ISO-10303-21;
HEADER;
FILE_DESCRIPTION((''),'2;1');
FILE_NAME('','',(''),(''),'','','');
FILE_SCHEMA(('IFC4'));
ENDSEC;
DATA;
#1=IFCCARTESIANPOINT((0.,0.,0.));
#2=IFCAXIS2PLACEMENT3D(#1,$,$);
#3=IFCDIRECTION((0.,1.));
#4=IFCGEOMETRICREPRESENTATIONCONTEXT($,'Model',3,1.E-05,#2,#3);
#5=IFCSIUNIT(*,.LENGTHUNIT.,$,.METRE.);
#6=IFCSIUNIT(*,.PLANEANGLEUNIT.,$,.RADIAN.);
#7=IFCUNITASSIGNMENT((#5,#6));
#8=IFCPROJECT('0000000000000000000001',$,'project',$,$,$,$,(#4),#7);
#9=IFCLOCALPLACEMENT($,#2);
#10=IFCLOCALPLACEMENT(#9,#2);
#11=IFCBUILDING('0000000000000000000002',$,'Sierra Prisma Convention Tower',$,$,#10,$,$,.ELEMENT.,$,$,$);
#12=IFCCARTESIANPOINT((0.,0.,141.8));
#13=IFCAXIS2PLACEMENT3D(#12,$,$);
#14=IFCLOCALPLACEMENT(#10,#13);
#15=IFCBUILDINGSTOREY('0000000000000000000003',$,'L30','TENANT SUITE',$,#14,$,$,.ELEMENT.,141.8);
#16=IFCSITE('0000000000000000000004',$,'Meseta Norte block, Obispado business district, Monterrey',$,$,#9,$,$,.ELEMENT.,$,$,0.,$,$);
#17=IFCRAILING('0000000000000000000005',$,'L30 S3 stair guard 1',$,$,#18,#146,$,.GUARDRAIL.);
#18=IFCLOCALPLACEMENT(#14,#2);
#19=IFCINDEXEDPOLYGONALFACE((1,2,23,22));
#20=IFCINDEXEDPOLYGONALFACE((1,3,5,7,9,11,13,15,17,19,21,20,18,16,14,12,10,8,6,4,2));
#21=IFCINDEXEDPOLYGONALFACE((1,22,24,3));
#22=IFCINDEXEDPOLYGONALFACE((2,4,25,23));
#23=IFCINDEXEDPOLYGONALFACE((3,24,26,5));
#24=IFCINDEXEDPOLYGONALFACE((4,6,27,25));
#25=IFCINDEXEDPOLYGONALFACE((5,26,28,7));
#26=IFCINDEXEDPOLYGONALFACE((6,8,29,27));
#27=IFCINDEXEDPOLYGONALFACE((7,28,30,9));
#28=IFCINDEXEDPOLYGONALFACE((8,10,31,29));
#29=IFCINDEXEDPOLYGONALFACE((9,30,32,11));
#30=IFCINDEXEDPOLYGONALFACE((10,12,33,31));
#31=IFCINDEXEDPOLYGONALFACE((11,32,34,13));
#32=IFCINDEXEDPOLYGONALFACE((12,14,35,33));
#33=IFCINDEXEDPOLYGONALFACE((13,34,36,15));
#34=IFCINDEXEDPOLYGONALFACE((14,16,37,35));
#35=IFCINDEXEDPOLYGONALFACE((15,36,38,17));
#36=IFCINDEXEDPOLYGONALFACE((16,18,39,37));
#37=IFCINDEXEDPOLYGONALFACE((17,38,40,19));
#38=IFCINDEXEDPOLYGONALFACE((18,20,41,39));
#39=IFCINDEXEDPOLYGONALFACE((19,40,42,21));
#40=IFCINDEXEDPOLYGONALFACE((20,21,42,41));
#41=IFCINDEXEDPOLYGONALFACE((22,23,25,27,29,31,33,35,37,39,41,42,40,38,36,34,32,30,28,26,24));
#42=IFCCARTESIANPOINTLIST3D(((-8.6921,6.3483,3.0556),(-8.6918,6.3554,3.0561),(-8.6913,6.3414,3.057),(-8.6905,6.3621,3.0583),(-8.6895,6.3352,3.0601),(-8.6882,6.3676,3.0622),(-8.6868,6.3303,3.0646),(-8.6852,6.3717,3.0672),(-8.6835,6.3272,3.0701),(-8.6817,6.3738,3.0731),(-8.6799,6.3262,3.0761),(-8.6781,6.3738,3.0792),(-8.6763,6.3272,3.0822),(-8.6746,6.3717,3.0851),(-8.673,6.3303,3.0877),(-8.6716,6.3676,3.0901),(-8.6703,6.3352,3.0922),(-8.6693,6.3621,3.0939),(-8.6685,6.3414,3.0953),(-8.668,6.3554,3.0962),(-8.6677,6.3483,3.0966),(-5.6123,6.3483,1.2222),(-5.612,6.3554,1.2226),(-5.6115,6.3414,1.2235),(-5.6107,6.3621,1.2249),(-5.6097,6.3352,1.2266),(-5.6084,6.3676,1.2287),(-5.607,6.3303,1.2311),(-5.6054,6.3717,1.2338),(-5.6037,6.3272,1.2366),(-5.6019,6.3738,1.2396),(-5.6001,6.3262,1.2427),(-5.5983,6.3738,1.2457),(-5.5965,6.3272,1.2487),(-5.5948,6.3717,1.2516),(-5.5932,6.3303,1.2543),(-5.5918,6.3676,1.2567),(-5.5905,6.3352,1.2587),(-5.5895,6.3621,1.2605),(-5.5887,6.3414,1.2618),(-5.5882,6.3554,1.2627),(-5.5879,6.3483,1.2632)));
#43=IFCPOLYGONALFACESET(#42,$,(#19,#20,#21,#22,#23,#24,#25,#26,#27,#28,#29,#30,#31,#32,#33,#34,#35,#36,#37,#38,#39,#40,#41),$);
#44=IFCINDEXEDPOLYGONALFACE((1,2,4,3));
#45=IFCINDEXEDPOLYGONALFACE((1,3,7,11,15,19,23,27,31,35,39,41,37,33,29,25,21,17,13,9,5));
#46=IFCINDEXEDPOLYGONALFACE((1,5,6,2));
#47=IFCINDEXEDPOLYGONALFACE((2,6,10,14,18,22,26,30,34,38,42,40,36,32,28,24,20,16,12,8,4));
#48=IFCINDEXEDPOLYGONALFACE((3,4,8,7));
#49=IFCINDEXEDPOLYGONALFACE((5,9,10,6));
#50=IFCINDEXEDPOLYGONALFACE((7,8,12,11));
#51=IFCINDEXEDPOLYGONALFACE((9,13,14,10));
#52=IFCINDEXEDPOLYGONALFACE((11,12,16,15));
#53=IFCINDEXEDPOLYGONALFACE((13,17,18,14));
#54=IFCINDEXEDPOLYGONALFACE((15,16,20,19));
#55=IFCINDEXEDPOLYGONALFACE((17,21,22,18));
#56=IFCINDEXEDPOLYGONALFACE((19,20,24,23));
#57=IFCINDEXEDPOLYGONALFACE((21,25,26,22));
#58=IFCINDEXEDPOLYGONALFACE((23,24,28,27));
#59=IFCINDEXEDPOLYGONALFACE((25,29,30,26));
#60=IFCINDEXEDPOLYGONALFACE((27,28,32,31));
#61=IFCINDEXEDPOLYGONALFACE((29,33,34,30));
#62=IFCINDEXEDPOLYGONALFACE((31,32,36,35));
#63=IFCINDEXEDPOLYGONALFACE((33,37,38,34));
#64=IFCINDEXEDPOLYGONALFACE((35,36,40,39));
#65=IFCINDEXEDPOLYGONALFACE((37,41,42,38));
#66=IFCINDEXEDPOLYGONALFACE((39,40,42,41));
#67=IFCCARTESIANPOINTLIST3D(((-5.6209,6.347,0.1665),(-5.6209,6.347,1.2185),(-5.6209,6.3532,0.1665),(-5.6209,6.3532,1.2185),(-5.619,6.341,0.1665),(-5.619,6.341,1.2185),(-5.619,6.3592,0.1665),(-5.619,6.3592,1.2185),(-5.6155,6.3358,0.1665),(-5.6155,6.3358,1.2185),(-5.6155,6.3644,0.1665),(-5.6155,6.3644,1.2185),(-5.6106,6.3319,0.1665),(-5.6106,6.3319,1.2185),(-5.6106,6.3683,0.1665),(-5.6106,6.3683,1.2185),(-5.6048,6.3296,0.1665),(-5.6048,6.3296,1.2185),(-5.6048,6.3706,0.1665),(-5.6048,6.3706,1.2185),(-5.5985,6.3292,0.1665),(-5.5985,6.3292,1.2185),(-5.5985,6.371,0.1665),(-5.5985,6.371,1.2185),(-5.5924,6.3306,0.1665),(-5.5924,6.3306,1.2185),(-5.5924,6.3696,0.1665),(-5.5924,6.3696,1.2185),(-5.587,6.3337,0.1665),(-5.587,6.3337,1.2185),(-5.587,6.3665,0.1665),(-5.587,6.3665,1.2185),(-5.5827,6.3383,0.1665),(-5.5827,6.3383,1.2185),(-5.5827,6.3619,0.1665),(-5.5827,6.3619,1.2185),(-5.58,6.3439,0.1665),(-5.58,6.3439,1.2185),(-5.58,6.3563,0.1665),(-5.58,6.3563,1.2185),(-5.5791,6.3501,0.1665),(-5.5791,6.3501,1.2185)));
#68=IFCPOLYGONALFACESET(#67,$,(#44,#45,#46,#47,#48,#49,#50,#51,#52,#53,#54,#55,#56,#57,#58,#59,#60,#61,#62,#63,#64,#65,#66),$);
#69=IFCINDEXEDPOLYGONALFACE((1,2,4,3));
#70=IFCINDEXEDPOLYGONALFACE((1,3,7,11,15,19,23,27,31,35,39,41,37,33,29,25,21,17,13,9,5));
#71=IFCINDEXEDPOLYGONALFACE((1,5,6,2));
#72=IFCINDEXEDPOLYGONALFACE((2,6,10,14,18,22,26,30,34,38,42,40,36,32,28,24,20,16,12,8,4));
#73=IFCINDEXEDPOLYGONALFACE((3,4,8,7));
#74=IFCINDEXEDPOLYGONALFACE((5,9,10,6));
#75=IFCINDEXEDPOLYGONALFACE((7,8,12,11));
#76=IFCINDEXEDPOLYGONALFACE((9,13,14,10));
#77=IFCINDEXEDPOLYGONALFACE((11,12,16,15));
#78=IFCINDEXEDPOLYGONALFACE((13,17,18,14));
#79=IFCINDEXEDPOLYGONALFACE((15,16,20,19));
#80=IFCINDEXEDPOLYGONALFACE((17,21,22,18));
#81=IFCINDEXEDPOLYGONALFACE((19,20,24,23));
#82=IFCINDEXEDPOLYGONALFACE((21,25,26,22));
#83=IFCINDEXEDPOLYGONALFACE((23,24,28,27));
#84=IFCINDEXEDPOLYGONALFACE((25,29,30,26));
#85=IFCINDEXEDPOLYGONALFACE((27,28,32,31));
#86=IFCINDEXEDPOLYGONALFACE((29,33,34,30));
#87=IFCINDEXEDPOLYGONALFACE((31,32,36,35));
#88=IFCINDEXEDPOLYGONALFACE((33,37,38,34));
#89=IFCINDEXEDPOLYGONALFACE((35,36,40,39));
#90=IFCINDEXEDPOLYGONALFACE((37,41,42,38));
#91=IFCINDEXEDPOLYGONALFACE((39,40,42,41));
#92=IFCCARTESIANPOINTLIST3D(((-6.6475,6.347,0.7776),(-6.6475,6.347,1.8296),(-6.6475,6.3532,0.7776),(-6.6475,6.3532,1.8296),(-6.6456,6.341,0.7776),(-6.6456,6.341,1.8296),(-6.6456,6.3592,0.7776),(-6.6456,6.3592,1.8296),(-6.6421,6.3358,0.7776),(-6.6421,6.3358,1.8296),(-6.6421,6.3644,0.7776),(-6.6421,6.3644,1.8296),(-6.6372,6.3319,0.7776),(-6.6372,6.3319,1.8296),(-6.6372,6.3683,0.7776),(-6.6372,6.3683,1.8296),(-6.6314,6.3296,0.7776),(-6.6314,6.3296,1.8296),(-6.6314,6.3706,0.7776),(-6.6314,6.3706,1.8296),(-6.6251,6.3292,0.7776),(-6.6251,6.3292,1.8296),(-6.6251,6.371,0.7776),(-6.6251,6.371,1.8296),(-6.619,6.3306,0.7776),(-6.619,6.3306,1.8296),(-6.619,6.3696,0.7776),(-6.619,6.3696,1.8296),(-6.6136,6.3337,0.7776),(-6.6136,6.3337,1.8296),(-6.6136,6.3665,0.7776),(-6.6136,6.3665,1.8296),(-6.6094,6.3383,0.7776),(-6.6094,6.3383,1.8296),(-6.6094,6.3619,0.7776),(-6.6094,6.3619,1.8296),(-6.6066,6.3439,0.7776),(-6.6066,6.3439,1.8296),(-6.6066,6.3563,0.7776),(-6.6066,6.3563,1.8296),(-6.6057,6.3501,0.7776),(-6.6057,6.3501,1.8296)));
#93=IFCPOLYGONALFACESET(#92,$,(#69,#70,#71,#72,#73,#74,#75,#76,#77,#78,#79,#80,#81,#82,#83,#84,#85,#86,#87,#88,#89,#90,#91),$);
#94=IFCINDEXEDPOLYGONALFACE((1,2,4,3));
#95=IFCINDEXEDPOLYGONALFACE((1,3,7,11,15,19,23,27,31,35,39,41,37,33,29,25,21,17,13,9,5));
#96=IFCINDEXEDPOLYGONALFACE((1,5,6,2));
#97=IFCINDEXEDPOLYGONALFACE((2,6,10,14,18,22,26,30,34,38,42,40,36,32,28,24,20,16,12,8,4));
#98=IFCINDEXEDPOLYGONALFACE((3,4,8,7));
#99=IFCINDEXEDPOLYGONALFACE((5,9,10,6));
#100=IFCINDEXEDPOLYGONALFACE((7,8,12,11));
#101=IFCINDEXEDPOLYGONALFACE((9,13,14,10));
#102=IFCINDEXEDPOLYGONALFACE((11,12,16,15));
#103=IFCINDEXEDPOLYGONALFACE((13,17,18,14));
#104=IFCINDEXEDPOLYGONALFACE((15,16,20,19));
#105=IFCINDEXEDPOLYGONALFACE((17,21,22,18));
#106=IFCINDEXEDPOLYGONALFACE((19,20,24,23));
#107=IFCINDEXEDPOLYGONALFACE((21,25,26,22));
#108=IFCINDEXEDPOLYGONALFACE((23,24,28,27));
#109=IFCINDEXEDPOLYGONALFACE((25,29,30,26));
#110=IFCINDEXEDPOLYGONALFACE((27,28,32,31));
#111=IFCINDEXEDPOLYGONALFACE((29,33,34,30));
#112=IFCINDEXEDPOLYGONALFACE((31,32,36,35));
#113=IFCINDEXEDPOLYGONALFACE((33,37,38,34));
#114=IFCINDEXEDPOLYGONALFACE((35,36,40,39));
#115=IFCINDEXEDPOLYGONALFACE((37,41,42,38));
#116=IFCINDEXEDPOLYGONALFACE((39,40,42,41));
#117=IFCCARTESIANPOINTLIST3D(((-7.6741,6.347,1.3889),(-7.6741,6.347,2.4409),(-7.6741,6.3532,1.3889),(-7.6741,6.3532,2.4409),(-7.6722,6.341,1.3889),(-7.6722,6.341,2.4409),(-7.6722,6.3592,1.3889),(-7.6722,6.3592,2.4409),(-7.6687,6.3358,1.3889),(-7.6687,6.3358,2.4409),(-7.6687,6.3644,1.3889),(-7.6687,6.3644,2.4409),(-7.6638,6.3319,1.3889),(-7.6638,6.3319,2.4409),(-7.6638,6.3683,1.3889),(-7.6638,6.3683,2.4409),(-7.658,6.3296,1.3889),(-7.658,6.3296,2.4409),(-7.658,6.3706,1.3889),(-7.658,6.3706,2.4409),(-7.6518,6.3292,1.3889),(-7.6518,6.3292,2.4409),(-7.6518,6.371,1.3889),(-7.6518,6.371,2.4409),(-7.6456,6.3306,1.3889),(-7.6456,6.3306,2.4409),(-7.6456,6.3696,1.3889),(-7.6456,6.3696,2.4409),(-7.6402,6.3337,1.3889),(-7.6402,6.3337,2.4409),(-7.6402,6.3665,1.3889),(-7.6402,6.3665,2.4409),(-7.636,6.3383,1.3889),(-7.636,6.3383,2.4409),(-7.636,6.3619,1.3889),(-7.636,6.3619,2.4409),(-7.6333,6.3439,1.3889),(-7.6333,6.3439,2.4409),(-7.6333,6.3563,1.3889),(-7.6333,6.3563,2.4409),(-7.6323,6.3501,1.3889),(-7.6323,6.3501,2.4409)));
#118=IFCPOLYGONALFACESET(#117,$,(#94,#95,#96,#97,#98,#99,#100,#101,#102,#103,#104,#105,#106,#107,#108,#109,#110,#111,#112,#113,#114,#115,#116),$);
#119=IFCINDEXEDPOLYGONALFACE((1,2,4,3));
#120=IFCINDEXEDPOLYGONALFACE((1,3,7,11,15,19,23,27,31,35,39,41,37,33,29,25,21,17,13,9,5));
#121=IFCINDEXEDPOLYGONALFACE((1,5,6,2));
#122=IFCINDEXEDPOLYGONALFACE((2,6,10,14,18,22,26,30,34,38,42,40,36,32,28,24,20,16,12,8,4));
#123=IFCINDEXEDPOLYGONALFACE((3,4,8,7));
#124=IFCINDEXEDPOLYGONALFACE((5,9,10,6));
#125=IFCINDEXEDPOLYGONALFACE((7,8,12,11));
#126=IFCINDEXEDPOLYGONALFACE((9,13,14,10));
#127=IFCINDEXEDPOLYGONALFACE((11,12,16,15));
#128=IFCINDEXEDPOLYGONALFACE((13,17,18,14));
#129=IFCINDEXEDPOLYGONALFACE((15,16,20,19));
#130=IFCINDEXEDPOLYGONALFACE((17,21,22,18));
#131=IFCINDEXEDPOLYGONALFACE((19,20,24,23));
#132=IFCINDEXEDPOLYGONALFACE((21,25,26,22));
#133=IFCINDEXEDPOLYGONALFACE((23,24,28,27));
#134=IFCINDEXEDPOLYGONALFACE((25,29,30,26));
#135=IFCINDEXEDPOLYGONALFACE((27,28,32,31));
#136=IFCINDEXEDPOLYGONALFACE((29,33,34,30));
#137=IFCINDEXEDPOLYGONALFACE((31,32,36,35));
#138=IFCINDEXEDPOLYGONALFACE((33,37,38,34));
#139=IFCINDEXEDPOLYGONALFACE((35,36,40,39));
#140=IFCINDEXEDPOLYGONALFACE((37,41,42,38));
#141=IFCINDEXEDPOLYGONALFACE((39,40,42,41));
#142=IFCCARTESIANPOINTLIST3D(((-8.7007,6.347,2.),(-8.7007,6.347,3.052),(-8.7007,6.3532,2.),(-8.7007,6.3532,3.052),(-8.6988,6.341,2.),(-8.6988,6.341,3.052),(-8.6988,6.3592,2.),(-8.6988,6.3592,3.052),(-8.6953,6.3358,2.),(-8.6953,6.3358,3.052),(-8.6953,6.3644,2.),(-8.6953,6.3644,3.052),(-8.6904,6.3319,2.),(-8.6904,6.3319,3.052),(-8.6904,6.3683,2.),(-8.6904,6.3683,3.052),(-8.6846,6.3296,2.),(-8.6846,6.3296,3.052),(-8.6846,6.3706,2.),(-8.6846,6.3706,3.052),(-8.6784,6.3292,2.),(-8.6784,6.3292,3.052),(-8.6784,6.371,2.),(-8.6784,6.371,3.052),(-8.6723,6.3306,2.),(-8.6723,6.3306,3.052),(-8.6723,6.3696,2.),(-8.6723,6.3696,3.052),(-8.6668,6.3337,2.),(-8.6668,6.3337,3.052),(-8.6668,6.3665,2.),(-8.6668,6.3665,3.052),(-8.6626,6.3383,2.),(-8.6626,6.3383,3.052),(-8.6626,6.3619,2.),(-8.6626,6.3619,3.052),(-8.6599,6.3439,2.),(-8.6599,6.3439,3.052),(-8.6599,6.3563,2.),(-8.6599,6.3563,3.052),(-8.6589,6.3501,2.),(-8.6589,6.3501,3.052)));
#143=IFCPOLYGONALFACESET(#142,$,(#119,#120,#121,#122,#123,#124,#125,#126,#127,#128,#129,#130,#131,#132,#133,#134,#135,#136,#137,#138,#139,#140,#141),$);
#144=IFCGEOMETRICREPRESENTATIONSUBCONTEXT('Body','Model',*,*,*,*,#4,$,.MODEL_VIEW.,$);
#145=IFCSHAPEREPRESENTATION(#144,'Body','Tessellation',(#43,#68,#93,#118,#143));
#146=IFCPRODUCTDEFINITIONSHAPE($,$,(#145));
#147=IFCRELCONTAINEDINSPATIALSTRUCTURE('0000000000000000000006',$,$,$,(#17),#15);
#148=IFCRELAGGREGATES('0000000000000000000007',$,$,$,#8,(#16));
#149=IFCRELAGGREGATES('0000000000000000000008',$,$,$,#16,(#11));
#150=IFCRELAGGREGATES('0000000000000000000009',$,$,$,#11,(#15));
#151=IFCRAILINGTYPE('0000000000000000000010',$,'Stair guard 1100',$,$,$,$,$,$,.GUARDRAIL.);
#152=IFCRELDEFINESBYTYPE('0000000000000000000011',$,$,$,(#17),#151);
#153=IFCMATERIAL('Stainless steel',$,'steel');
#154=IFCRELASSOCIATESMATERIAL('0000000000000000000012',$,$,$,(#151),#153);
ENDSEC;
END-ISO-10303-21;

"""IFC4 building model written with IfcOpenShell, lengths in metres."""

from ifc_helpers import new_model, si_unit, direction, frame, origin, origin_2d, place, context, subcontext, project, spatial, circle, extrude, material, type_object, element, save


model = new_model("IFC4")

# Units and contexts
model_context = context("Model", 3, precision=1e-05, world=origin(), true_north=direction((0.0, 1.0)))
body_context = subcontext(model_context, "Body", "Model", "MODEL_VIEW")
ifc_project = project(units=[si_unit("LENGTHUNIT", "METRE"), si_unit("PLANEANGLEUNIT", "RADIAN")], contexts=[model_context])

# Site, building, storey
site_placement = place(None, origin())
site = spatial("IfcSite", under=ifc_project, at=site_placement, Name="Meseta Norte block, Obispado business district, Monterrey", CompositionType="ELEMENT", RefElevation=0.0)
building_placement = place(site_placement, origin())
building = spatial("IfcBuilding", under=site, at=building_placement, Name="Sierra Prisma Convention Tower", CompositionType="ELEMENT")
storey_placement = place(building_placement, frame((0.0, 0.0, 141.8)))
storey = spatial("IfcBuildingStorey", under=building, at=storey_placement, Name="L30", Description="TENANT SUITE", CompositionType="ELEMENT", Elevation=141.8)

# Railing
ifc_material_1 = material(Name="Stainless steel", Category="steel")
railing_type_1 = type_object("IfcRailingType", Name="Stair guard 1100", PredefinedType="GUARDRAIL", material=ifc_material_1)
railing_1_placement = place(storey_placement, frame((-5.6001, 6.3501, 0.1665)))
element("IfcRailing", 1, at=railing_1_placement, inside=storey, type_object=railing_type_1, Name="L30 S3 stair guard 1", PredefinedType="GUARDRAIL", context=body_context, shape_type="SweptSolid", body=[
    extrude(circle(Radius=0.0239, at=origin_2d()), frame((0.0, 0.0, 1.0762), z_axis=(-0.859261, 0.0, 0.511538), x_axis=(0.0, -1.0, 0.0)), (0.0, 0.0, 1.0), 3.5842),
    extrude(circle(Radius=0.021, at=origin_2d()), origin(), (0.0, 0.0, 1.0), 1.052),
    extrude(circle(Radius=0.021, at=origin_2d()), frame((-1.0266, 0.0, 0.6111)), (0.0, 0.0, 1.0), 1.052),
    extrude(circle(Radius=0.021, at=origin_2d()), frame((-2.0532, 0.0, 1.2224)), (0.0, 0.0, 1.0), 1.052),
    extrude(circle(Radius=0.021, at=origin_2d()), frame((-3.0798, 0.0, 1.8335)), (0.0, 0.0, 1.0), 1.052),
])

save(model, "model.ifc")
